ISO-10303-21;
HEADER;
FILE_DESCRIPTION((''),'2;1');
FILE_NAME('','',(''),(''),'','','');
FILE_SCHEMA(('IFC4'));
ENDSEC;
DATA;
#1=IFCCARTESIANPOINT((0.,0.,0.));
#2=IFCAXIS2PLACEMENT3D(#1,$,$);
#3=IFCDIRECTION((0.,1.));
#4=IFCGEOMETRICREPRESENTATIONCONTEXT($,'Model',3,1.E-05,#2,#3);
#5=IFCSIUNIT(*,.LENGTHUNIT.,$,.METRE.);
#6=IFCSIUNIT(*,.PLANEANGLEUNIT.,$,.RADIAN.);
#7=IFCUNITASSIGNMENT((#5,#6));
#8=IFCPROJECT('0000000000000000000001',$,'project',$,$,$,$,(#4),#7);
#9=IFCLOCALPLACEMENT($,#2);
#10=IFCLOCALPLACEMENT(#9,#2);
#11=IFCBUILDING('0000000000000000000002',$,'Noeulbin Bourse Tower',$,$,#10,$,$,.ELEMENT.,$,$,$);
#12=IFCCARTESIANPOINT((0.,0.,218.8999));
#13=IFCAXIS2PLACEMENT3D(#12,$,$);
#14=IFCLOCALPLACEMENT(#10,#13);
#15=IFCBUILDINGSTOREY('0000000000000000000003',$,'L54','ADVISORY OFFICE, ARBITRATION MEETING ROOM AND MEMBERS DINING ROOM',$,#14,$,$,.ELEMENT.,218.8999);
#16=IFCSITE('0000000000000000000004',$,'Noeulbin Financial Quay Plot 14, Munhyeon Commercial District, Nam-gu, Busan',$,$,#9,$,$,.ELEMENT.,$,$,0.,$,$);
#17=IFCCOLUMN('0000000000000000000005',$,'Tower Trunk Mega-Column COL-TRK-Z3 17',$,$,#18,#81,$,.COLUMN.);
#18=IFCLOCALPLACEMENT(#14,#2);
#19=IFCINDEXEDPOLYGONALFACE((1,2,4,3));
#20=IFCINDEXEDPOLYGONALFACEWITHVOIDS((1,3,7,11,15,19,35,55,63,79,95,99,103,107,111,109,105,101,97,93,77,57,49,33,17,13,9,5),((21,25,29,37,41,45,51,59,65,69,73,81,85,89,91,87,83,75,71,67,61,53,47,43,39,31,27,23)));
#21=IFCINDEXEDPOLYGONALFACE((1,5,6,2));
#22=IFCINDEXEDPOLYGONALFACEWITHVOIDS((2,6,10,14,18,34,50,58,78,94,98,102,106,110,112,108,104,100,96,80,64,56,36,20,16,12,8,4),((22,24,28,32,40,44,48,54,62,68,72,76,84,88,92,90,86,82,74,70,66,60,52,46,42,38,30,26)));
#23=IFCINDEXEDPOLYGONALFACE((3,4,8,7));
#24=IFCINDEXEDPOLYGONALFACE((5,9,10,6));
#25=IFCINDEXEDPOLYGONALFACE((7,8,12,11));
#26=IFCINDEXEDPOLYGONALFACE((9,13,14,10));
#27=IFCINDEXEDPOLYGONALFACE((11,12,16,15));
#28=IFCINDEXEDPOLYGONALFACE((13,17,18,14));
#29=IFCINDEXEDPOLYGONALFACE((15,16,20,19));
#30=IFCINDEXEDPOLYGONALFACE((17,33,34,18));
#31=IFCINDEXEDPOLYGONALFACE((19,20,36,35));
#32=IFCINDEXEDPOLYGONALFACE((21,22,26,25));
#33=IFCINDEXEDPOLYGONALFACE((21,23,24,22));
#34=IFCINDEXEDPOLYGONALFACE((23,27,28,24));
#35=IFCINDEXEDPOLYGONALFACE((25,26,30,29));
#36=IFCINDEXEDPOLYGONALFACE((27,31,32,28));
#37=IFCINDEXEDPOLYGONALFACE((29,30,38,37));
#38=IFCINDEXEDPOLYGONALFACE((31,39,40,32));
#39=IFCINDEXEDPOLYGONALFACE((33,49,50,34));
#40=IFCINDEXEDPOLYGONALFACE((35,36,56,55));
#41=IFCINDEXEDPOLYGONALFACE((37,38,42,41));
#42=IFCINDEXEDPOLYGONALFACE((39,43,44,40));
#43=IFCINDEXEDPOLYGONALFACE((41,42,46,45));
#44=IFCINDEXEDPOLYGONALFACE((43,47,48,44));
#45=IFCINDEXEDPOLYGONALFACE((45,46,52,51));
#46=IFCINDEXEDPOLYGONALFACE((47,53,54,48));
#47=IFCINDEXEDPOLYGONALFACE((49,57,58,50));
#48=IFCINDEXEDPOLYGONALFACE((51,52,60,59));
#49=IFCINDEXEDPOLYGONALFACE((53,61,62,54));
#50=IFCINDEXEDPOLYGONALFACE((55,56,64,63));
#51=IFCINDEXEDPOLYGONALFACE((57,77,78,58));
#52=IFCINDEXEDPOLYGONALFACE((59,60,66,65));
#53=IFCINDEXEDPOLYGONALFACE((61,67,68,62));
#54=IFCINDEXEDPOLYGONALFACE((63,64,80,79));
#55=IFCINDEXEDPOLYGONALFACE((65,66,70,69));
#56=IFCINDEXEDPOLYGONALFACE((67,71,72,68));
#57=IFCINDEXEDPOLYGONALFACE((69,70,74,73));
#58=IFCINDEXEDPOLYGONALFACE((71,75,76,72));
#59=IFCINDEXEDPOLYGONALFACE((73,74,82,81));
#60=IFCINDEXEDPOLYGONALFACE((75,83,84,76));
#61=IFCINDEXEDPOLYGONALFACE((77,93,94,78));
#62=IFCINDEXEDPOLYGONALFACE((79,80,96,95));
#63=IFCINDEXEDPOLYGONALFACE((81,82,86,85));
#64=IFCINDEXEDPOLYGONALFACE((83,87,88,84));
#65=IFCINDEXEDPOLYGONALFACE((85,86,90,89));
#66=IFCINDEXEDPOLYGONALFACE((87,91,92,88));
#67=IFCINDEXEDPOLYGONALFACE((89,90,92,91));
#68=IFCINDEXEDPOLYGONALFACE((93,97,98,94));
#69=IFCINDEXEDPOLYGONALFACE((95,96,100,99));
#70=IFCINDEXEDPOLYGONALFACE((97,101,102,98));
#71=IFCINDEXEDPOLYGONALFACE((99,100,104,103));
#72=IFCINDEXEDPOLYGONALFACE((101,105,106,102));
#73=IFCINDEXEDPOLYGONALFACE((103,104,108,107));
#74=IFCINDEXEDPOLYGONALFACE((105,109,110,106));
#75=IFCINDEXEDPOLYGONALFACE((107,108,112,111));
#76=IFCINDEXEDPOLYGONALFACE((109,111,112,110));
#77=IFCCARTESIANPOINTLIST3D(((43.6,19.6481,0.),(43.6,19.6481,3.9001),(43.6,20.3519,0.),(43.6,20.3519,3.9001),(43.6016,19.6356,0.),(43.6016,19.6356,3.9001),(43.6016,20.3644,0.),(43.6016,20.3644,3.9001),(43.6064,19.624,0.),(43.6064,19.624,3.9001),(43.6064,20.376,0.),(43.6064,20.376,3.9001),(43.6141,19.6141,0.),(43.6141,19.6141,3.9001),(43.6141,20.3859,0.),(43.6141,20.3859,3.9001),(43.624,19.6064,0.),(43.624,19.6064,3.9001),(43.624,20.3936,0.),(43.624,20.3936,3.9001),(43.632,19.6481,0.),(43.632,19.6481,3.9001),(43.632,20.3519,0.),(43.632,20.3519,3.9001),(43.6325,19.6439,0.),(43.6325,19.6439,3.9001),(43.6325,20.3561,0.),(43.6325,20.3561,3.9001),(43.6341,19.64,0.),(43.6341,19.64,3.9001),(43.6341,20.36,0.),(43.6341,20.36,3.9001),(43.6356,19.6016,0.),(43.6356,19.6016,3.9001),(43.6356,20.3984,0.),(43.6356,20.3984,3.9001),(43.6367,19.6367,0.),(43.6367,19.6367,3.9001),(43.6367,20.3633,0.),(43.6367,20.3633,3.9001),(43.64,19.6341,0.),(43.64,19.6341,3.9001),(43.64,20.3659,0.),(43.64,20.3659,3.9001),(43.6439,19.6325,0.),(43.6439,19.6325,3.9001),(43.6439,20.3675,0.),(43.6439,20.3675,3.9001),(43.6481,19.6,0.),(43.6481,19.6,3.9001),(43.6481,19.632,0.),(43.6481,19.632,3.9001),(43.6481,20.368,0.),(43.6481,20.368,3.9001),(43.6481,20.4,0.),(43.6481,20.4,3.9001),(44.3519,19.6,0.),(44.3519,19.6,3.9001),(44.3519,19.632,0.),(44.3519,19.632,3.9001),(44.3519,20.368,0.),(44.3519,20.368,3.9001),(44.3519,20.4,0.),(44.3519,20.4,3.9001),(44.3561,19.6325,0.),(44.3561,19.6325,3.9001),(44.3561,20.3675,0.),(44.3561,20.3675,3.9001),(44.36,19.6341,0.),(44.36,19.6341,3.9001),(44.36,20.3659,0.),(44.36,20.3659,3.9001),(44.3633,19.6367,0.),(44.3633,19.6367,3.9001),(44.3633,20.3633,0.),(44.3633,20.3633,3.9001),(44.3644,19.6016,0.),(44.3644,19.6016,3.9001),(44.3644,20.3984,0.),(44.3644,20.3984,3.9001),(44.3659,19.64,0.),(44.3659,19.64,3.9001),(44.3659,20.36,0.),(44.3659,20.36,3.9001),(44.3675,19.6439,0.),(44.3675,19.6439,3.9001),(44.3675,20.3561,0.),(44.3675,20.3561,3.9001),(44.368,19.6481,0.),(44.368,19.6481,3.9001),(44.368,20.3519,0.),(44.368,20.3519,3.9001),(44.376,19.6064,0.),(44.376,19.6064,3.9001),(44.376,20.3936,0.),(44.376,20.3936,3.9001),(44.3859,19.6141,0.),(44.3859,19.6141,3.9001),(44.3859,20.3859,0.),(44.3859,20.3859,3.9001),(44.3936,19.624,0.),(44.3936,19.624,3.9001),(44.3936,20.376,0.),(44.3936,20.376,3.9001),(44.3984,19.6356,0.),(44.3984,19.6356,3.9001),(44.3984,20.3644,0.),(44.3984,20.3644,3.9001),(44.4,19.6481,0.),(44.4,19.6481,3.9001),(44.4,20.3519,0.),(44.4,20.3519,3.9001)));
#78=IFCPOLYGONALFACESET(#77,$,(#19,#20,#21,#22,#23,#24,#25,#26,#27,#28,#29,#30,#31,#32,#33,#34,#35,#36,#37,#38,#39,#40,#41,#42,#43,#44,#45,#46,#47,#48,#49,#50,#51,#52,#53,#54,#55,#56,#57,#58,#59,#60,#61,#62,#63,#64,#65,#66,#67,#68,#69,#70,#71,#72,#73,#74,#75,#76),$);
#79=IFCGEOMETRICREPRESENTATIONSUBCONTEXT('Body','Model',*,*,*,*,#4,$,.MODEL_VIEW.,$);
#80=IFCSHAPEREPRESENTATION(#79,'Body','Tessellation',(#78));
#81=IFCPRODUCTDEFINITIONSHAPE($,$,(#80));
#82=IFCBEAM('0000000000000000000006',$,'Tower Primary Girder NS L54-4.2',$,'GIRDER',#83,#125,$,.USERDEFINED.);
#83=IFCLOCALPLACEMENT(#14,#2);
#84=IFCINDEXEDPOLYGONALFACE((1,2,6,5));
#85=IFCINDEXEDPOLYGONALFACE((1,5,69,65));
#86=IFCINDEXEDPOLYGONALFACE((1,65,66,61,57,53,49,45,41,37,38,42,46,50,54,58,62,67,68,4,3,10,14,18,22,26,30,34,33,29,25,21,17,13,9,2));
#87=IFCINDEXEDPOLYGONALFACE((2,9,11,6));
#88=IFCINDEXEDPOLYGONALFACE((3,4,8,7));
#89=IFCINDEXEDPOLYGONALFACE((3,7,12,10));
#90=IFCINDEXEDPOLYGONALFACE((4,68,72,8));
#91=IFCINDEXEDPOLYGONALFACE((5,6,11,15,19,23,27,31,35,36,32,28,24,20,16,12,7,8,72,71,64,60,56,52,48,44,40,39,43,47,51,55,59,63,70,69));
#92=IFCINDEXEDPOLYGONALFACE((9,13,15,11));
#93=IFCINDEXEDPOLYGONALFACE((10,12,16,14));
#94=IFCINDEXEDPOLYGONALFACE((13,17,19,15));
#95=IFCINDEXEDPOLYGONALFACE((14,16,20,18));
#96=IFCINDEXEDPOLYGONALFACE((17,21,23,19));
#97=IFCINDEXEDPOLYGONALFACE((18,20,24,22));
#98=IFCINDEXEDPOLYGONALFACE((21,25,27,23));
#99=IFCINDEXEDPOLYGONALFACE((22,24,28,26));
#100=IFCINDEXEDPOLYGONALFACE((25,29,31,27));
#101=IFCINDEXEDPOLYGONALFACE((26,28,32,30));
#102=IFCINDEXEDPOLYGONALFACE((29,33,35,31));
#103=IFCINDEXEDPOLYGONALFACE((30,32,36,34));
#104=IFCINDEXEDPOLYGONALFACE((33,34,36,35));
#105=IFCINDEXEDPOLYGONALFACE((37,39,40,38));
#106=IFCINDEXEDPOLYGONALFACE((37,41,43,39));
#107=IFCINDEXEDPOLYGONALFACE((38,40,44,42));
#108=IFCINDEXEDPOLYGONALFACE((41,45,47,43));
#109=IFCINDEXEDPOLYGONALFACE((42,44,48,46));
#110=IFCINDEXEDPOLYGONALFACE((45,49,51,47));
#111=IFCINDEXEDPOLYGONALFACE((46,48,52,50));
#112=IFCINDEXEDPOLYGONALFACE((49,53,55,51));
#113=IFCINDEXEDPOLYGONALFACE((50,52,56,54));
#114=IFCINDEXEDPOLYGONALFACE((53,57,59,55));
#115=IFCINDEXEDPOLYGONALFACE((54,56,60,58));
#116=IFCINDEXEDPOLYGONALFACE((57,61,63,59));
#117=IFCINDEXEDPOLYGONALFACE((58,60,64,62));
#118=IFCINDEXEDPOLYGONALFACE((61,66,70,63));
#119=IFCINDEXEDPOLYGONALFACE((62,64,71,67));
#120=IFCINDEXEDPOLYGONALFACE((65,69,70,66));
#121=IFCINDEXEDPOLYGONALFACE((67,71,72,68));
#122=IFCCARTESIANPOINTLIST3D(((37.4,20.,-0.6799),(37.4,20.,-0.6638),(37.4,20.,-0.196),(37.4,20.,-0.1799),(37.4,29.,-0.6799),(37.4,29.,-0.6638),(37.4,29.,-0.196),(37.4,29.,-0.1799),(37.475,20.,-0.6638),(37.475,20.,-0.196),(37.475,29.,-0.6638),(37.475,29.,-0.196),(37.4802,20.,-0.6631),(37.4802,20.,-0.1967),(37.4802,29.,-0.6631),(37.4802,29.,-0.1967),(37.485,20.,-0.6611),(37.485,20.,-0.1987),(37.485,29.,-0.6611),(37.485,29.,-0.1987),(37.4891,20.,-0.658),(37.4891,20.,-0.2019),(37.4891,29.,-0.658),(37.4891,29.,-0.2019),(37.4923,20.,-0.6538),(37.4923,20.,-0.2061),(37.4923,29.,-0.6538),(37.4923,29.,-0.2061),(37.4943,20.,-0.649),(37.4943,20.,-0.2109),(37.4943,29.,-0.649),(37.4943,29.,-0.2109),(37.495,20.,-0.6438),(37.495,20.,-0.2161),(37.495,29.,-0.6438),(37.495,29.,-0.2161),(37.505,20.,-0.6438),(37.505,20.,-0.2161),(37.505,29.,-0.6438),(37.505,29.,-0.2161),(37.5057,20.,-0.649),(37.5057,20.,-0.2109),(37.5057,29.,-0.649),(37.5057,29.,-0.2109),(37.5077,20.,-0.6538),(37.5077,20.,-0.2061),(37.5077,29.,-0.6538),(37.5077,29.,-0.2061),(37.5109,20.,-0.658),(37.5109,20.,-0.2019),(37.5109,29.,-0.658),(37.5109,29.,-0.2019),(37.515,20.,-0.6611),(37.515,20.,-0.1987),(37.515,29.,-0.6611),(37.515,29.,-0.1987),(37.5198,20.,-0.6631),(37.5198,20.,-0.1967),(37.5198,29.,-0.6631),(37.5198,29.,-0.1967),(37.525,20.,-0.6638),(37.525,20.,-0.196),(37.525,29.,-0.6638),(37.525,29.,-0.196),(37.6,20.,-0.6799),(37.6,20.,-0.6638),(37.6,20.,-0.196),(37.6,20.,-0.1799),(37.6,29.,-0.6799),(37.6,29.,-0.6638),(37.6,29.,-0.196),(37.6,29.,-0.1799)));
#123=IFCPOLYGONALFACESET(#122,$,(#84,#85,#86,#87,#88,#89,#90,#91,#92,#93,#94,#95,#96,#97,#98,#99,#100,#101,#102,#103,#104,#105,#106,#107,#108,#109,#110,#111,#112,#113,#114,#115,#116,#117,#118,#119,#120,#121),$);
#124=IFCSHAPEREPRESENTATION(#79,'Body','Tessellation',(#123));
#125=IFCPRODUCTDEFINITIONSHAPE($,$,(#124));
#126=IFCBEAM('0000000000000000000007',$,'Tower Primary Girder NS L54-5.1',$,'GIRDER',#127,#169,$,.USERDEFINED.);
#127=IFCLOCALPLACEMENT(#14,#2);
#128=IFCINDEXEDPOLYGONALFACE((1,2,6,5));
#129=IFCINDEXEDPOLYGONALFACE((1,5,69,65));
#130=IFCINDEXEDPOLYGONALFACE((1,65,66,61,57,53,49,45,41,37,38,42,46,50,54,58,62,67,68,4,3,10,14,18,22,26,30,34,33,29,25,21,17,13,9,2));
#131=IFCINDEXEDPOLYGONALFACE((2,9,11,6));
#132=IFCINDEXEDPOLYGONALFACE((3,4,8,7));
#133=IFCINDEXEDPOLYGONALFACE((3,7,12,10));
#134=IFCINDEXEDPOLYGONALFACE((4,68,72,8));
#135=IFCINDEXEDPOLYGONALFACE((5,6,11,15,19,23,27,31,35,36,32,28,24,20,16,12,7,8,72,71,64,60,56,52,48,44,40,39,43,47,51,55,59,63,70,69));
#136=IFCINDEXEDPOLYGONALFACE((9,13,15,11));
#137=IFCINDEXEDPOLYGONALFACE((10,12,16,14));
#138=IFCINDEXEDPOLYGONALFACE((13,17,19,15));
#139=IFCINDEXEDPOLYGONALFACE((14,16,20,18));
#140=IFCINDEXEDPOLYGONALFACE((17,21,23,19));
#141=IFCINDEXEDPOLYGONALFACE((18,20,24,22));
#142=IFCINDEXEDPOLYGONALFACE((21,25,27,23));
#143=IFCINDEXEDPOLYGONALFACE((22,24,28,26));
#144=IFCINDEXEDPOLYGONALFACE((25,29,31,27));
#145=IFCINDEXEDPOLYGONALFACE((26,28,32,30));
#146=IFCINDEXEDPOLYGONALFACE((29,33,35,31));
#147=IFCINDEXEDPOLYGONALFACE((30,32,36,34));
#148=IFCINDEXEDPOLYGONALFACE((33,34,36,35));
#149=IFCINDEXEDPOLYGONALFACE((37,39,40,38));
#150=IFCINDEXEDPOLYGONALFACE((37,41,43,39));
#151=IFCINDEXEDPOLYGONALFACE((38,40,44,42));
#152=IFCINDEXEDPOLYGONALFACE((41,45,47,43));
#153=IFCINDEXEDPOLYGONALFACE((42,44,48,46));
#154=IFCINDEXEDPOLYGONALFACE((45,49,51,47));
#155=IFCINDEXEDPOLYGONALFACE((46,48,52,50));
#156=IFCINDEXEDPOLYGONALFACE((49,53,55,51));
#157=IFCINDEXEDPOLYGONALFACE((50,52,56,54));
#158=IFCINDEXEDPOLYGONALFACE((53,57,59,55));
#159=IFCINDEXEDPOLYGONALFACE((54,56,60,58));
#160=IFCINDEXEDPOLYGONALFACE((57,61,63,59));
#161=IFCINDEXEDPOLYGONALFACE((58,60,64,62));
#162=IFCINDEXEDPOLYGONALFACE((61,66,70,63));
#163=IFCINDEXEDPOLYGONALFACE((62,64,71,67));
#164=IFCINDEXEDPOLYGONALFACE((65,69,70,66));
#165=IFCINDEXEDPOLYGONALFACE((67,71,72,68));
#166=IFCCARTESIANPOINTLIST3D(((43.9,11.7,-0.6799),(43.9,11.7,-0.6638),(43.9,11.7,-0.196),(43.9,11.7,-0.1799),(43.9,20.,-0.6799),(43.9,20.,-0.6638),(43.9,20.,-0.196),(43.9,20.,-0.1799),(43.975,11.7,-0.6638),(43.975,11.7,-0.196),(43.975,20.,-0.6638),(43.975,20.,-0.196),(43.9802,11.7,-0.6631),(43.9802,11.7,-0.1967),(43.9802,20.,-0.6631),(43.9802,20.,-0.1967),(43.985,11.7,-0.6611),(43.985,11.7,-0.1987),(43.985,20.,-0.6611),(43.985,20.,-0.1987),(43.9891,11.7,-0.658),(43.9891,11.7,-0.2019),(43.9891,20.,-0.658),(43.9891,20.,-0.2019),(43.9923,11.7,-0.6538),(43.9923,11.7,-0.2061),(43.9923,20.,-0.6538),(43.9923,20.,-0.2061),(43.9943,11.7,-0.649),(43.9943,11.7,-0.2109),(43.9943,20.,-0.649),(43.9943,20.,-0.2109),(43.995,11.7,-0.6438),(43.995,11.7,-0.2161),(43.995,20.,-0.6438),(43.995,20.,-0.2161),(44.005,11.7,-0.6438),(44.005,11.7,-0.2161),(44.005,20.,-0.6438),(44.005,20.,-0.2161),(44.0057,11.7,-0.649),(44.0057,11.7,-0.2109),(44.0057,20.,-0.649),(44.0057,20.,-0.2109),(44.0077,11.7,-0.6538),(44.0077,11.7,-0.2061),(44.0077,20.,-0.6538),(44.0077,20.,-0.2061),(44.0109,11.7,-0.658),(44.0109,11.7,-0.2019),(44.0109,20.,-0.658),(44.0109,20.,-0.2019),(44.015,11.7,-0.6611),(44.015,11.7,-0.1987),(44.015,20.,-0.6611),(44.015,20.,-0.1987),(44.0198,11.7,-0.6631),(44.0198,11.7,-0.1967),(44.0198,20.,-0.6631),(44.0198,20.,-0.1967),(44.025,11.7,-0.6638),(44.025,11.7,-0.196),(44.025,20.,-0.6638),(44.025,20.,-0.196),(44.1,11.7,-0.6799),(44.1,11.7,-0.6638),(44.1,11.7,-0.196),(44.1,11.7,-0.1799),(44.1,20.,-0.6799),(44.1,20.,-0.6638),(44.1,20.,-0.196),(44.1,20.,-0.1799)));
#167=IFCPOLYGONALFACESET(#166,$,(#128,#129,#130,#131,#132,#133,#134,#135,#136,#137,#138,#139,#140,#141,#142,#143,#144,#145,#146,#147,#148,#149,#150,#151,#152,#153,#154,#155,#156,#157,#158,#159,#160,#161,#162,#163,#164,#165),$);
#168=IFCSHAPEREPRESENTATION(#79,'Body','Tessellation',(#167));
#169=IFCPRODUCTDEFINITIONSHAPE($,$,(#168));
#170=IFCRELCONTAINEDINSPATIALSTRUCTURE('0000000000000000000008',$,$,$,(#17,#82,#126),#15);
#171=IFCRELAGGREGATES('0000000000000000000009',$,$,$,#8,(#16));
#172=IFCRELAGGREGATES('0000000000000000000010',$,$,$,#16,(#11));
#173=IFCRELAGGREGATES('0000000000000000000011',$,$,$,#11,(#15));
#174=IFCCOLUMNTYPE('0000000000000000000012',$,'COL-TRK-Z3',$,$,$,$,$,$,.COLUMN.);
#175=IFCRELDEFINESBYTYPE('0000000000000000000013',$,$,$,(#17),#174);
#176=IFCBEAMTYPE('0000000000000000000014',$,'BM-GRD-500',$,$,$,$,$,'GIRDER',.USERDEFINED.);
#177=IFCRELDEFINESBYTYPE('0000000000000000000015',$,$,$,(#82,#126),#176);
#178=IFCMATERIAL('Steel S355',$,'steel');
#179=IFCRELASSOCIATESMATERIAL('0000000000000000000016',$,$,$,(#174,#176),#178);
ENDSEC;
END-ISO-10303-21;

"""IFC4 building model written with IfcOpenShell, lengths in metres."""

from ifc_helpers import new_model, si_unit, direction, frame, origin, origin_2d, place, context, subcontext, project, spatial, hollow_rectangle, i_section, extrude, material, material_profile, profile_set, type_object, element, save


model = new_model("IFC4")

# Units and contexts
model_context = context("Model", 3, precision=1e-05, world=origin(), true_north=direction((0.0, 1.0)))
body_context = subcontext(model_context, "Body", "Model", "MODEL_VIEW")
ifc_project = project(units=[si_unit("LENGTHUNIT", "METRE"), si_unit("PLANEANGLEUNIT", "RADIAN")], contexts=[model_context])

# Site, building, storey
site_placement = place(None, origin())
site = spatial("IfcSite", under=ifc_project, at=site_placement, Name="Noeulbin Financial Quay Plot 14, Munhyeon Commercial District, Nam-gu, Busan", CompositionType="ELEMENT", RefElevation=0.0)
building_placement = place(site_placement, origin())
building = spatial("IfcBuilding", under=site, at=building_placement, Name="Noeulbin Bourse Tower", CompositionType="ELEMENT")
storey_placement = place(building_placement, frame((0.0, 0.0, 218.8999)))
storey = spatial("IfcBuildingStorey", under=building, at=storey_placement, Name="L54", Description="ADVISORY OFFICE, ARBITRATION MEETING ROOM AND MEMBERS DINING ROOM", CompositionType="ELEMENT", Elevation=218.8999)

# Column
ifc_material_1 = material(Name="Steel S355", Category="steel")
ifc_material_profile_1 = material_profile(ifc_material_1, hollow_rectangle(XDim=0.8, YDim=0.8, WallThickness=0.032, InnerFilletRadius=0.0161, OuterFilletRadius=0.0481, at=origin_2d()), Name="BOX-800x800x32", Category="LoadBearing")
ifc_profile_set_1 = profile_set([ifc_material_profile_1], Name="Steel S355")
column_type_1 = type_object("IfcColumnType", Name="COL-TRK-Z3", PredefinedType="COLUMN", material=ifc_profile_set_1)
column_placement = place(storey_placement, frame((44.0, 20.0, 0.0), z_axis=(0.0, 0.0, 1.0), x_axis=(1.0, 0.0, 0.0)))
element("IfcColumn", 1, at=column_placement, inside=storey, type_object=column_type_1, Name="Tower Trunk Mega-Column COL-TRK-Z3 17", PredefinedType="COLUMN", context=body_context, shape_type="SweptSolid", body=[
    extrude(hollow_rectangle(XDim=0.8, YDim=0.8, WallThickness=0.032, InnerFilletRadius=0.0161, OuterFilletRadius=0.0481, at=origin_2d()), origin(), (0.0, 0.0, 1.0), 3.9001),
])

# Beams
ifc_material_profile_2 = material_profile(ifc_material_1, i_section(OverallWidth=0.2, OverallDepth=0.5, WebThickness=0.01, FlangeThickness=0.0161, FilletRadius=0.02, at=origin_2d()), Name="H-500x200x10x16", Category="LoadBearing")
ifc_profile_set_2 = profile_set([ifc_material_profile_2], Name="Steel S355")
beam_type_1 = type_object("IfcBeamType", Name="BM-GRD-500", ElementType="GIRDER", PredefinedType="USERDEFINED", material=ifc_profile_set_2)
beam_1_placement = place(storey_placement, frame((37.5, 20.0, -0.4299), z_axis=(0.0, 1.0, 0.0), x_axis=(-1.0, 0.0, 0.0)))
element("IfcBeam", 2, at=beam_1_placement, inside=storey, type_object=beam_type_1, Name="Tower Primary Girder NS L54-4.2", ObjectType="GIRDER", PredefinedType="USERDEFINED", context=body_context, shape_type="SweptSolid", body=[
    extrude(i_section(OverallWidth=0.2, OverallDepth=0.5, WebThickness=0.01, FlangeThickness=0.0161, FilletRadius=0.02, at=origin_2d()), origin(), (0.0, 0.0, 1.0), 9.0),
])
beam_2_placement = place(storey_placement, frame((44.0, 11.7, -0.4299), z_axis=(0.0, 1.0, 0.0), x_axis=(-1.0, 0.0, 0.0)))
element("IfcBeam", 3, at=beam_2_placement, inside=storey, type_object=beam_type_1, Name="Tower Primary Girder NS L54-5.1", ObjectType="GIRDER", PredefinedType="USERDEFINED", context=body_context, shape_type="SweptSolid", body=[
    extrude(i_section(OverallWidth=0.2, OverallDepth=0.5, WebThickness=0.01, FlangeThickness=0.0161, FilletRadius=0.02, at=origin_2d()), origin(), (0.0, 0.0, 1.0), 8.3),
])

save(model, "model.ifc")
